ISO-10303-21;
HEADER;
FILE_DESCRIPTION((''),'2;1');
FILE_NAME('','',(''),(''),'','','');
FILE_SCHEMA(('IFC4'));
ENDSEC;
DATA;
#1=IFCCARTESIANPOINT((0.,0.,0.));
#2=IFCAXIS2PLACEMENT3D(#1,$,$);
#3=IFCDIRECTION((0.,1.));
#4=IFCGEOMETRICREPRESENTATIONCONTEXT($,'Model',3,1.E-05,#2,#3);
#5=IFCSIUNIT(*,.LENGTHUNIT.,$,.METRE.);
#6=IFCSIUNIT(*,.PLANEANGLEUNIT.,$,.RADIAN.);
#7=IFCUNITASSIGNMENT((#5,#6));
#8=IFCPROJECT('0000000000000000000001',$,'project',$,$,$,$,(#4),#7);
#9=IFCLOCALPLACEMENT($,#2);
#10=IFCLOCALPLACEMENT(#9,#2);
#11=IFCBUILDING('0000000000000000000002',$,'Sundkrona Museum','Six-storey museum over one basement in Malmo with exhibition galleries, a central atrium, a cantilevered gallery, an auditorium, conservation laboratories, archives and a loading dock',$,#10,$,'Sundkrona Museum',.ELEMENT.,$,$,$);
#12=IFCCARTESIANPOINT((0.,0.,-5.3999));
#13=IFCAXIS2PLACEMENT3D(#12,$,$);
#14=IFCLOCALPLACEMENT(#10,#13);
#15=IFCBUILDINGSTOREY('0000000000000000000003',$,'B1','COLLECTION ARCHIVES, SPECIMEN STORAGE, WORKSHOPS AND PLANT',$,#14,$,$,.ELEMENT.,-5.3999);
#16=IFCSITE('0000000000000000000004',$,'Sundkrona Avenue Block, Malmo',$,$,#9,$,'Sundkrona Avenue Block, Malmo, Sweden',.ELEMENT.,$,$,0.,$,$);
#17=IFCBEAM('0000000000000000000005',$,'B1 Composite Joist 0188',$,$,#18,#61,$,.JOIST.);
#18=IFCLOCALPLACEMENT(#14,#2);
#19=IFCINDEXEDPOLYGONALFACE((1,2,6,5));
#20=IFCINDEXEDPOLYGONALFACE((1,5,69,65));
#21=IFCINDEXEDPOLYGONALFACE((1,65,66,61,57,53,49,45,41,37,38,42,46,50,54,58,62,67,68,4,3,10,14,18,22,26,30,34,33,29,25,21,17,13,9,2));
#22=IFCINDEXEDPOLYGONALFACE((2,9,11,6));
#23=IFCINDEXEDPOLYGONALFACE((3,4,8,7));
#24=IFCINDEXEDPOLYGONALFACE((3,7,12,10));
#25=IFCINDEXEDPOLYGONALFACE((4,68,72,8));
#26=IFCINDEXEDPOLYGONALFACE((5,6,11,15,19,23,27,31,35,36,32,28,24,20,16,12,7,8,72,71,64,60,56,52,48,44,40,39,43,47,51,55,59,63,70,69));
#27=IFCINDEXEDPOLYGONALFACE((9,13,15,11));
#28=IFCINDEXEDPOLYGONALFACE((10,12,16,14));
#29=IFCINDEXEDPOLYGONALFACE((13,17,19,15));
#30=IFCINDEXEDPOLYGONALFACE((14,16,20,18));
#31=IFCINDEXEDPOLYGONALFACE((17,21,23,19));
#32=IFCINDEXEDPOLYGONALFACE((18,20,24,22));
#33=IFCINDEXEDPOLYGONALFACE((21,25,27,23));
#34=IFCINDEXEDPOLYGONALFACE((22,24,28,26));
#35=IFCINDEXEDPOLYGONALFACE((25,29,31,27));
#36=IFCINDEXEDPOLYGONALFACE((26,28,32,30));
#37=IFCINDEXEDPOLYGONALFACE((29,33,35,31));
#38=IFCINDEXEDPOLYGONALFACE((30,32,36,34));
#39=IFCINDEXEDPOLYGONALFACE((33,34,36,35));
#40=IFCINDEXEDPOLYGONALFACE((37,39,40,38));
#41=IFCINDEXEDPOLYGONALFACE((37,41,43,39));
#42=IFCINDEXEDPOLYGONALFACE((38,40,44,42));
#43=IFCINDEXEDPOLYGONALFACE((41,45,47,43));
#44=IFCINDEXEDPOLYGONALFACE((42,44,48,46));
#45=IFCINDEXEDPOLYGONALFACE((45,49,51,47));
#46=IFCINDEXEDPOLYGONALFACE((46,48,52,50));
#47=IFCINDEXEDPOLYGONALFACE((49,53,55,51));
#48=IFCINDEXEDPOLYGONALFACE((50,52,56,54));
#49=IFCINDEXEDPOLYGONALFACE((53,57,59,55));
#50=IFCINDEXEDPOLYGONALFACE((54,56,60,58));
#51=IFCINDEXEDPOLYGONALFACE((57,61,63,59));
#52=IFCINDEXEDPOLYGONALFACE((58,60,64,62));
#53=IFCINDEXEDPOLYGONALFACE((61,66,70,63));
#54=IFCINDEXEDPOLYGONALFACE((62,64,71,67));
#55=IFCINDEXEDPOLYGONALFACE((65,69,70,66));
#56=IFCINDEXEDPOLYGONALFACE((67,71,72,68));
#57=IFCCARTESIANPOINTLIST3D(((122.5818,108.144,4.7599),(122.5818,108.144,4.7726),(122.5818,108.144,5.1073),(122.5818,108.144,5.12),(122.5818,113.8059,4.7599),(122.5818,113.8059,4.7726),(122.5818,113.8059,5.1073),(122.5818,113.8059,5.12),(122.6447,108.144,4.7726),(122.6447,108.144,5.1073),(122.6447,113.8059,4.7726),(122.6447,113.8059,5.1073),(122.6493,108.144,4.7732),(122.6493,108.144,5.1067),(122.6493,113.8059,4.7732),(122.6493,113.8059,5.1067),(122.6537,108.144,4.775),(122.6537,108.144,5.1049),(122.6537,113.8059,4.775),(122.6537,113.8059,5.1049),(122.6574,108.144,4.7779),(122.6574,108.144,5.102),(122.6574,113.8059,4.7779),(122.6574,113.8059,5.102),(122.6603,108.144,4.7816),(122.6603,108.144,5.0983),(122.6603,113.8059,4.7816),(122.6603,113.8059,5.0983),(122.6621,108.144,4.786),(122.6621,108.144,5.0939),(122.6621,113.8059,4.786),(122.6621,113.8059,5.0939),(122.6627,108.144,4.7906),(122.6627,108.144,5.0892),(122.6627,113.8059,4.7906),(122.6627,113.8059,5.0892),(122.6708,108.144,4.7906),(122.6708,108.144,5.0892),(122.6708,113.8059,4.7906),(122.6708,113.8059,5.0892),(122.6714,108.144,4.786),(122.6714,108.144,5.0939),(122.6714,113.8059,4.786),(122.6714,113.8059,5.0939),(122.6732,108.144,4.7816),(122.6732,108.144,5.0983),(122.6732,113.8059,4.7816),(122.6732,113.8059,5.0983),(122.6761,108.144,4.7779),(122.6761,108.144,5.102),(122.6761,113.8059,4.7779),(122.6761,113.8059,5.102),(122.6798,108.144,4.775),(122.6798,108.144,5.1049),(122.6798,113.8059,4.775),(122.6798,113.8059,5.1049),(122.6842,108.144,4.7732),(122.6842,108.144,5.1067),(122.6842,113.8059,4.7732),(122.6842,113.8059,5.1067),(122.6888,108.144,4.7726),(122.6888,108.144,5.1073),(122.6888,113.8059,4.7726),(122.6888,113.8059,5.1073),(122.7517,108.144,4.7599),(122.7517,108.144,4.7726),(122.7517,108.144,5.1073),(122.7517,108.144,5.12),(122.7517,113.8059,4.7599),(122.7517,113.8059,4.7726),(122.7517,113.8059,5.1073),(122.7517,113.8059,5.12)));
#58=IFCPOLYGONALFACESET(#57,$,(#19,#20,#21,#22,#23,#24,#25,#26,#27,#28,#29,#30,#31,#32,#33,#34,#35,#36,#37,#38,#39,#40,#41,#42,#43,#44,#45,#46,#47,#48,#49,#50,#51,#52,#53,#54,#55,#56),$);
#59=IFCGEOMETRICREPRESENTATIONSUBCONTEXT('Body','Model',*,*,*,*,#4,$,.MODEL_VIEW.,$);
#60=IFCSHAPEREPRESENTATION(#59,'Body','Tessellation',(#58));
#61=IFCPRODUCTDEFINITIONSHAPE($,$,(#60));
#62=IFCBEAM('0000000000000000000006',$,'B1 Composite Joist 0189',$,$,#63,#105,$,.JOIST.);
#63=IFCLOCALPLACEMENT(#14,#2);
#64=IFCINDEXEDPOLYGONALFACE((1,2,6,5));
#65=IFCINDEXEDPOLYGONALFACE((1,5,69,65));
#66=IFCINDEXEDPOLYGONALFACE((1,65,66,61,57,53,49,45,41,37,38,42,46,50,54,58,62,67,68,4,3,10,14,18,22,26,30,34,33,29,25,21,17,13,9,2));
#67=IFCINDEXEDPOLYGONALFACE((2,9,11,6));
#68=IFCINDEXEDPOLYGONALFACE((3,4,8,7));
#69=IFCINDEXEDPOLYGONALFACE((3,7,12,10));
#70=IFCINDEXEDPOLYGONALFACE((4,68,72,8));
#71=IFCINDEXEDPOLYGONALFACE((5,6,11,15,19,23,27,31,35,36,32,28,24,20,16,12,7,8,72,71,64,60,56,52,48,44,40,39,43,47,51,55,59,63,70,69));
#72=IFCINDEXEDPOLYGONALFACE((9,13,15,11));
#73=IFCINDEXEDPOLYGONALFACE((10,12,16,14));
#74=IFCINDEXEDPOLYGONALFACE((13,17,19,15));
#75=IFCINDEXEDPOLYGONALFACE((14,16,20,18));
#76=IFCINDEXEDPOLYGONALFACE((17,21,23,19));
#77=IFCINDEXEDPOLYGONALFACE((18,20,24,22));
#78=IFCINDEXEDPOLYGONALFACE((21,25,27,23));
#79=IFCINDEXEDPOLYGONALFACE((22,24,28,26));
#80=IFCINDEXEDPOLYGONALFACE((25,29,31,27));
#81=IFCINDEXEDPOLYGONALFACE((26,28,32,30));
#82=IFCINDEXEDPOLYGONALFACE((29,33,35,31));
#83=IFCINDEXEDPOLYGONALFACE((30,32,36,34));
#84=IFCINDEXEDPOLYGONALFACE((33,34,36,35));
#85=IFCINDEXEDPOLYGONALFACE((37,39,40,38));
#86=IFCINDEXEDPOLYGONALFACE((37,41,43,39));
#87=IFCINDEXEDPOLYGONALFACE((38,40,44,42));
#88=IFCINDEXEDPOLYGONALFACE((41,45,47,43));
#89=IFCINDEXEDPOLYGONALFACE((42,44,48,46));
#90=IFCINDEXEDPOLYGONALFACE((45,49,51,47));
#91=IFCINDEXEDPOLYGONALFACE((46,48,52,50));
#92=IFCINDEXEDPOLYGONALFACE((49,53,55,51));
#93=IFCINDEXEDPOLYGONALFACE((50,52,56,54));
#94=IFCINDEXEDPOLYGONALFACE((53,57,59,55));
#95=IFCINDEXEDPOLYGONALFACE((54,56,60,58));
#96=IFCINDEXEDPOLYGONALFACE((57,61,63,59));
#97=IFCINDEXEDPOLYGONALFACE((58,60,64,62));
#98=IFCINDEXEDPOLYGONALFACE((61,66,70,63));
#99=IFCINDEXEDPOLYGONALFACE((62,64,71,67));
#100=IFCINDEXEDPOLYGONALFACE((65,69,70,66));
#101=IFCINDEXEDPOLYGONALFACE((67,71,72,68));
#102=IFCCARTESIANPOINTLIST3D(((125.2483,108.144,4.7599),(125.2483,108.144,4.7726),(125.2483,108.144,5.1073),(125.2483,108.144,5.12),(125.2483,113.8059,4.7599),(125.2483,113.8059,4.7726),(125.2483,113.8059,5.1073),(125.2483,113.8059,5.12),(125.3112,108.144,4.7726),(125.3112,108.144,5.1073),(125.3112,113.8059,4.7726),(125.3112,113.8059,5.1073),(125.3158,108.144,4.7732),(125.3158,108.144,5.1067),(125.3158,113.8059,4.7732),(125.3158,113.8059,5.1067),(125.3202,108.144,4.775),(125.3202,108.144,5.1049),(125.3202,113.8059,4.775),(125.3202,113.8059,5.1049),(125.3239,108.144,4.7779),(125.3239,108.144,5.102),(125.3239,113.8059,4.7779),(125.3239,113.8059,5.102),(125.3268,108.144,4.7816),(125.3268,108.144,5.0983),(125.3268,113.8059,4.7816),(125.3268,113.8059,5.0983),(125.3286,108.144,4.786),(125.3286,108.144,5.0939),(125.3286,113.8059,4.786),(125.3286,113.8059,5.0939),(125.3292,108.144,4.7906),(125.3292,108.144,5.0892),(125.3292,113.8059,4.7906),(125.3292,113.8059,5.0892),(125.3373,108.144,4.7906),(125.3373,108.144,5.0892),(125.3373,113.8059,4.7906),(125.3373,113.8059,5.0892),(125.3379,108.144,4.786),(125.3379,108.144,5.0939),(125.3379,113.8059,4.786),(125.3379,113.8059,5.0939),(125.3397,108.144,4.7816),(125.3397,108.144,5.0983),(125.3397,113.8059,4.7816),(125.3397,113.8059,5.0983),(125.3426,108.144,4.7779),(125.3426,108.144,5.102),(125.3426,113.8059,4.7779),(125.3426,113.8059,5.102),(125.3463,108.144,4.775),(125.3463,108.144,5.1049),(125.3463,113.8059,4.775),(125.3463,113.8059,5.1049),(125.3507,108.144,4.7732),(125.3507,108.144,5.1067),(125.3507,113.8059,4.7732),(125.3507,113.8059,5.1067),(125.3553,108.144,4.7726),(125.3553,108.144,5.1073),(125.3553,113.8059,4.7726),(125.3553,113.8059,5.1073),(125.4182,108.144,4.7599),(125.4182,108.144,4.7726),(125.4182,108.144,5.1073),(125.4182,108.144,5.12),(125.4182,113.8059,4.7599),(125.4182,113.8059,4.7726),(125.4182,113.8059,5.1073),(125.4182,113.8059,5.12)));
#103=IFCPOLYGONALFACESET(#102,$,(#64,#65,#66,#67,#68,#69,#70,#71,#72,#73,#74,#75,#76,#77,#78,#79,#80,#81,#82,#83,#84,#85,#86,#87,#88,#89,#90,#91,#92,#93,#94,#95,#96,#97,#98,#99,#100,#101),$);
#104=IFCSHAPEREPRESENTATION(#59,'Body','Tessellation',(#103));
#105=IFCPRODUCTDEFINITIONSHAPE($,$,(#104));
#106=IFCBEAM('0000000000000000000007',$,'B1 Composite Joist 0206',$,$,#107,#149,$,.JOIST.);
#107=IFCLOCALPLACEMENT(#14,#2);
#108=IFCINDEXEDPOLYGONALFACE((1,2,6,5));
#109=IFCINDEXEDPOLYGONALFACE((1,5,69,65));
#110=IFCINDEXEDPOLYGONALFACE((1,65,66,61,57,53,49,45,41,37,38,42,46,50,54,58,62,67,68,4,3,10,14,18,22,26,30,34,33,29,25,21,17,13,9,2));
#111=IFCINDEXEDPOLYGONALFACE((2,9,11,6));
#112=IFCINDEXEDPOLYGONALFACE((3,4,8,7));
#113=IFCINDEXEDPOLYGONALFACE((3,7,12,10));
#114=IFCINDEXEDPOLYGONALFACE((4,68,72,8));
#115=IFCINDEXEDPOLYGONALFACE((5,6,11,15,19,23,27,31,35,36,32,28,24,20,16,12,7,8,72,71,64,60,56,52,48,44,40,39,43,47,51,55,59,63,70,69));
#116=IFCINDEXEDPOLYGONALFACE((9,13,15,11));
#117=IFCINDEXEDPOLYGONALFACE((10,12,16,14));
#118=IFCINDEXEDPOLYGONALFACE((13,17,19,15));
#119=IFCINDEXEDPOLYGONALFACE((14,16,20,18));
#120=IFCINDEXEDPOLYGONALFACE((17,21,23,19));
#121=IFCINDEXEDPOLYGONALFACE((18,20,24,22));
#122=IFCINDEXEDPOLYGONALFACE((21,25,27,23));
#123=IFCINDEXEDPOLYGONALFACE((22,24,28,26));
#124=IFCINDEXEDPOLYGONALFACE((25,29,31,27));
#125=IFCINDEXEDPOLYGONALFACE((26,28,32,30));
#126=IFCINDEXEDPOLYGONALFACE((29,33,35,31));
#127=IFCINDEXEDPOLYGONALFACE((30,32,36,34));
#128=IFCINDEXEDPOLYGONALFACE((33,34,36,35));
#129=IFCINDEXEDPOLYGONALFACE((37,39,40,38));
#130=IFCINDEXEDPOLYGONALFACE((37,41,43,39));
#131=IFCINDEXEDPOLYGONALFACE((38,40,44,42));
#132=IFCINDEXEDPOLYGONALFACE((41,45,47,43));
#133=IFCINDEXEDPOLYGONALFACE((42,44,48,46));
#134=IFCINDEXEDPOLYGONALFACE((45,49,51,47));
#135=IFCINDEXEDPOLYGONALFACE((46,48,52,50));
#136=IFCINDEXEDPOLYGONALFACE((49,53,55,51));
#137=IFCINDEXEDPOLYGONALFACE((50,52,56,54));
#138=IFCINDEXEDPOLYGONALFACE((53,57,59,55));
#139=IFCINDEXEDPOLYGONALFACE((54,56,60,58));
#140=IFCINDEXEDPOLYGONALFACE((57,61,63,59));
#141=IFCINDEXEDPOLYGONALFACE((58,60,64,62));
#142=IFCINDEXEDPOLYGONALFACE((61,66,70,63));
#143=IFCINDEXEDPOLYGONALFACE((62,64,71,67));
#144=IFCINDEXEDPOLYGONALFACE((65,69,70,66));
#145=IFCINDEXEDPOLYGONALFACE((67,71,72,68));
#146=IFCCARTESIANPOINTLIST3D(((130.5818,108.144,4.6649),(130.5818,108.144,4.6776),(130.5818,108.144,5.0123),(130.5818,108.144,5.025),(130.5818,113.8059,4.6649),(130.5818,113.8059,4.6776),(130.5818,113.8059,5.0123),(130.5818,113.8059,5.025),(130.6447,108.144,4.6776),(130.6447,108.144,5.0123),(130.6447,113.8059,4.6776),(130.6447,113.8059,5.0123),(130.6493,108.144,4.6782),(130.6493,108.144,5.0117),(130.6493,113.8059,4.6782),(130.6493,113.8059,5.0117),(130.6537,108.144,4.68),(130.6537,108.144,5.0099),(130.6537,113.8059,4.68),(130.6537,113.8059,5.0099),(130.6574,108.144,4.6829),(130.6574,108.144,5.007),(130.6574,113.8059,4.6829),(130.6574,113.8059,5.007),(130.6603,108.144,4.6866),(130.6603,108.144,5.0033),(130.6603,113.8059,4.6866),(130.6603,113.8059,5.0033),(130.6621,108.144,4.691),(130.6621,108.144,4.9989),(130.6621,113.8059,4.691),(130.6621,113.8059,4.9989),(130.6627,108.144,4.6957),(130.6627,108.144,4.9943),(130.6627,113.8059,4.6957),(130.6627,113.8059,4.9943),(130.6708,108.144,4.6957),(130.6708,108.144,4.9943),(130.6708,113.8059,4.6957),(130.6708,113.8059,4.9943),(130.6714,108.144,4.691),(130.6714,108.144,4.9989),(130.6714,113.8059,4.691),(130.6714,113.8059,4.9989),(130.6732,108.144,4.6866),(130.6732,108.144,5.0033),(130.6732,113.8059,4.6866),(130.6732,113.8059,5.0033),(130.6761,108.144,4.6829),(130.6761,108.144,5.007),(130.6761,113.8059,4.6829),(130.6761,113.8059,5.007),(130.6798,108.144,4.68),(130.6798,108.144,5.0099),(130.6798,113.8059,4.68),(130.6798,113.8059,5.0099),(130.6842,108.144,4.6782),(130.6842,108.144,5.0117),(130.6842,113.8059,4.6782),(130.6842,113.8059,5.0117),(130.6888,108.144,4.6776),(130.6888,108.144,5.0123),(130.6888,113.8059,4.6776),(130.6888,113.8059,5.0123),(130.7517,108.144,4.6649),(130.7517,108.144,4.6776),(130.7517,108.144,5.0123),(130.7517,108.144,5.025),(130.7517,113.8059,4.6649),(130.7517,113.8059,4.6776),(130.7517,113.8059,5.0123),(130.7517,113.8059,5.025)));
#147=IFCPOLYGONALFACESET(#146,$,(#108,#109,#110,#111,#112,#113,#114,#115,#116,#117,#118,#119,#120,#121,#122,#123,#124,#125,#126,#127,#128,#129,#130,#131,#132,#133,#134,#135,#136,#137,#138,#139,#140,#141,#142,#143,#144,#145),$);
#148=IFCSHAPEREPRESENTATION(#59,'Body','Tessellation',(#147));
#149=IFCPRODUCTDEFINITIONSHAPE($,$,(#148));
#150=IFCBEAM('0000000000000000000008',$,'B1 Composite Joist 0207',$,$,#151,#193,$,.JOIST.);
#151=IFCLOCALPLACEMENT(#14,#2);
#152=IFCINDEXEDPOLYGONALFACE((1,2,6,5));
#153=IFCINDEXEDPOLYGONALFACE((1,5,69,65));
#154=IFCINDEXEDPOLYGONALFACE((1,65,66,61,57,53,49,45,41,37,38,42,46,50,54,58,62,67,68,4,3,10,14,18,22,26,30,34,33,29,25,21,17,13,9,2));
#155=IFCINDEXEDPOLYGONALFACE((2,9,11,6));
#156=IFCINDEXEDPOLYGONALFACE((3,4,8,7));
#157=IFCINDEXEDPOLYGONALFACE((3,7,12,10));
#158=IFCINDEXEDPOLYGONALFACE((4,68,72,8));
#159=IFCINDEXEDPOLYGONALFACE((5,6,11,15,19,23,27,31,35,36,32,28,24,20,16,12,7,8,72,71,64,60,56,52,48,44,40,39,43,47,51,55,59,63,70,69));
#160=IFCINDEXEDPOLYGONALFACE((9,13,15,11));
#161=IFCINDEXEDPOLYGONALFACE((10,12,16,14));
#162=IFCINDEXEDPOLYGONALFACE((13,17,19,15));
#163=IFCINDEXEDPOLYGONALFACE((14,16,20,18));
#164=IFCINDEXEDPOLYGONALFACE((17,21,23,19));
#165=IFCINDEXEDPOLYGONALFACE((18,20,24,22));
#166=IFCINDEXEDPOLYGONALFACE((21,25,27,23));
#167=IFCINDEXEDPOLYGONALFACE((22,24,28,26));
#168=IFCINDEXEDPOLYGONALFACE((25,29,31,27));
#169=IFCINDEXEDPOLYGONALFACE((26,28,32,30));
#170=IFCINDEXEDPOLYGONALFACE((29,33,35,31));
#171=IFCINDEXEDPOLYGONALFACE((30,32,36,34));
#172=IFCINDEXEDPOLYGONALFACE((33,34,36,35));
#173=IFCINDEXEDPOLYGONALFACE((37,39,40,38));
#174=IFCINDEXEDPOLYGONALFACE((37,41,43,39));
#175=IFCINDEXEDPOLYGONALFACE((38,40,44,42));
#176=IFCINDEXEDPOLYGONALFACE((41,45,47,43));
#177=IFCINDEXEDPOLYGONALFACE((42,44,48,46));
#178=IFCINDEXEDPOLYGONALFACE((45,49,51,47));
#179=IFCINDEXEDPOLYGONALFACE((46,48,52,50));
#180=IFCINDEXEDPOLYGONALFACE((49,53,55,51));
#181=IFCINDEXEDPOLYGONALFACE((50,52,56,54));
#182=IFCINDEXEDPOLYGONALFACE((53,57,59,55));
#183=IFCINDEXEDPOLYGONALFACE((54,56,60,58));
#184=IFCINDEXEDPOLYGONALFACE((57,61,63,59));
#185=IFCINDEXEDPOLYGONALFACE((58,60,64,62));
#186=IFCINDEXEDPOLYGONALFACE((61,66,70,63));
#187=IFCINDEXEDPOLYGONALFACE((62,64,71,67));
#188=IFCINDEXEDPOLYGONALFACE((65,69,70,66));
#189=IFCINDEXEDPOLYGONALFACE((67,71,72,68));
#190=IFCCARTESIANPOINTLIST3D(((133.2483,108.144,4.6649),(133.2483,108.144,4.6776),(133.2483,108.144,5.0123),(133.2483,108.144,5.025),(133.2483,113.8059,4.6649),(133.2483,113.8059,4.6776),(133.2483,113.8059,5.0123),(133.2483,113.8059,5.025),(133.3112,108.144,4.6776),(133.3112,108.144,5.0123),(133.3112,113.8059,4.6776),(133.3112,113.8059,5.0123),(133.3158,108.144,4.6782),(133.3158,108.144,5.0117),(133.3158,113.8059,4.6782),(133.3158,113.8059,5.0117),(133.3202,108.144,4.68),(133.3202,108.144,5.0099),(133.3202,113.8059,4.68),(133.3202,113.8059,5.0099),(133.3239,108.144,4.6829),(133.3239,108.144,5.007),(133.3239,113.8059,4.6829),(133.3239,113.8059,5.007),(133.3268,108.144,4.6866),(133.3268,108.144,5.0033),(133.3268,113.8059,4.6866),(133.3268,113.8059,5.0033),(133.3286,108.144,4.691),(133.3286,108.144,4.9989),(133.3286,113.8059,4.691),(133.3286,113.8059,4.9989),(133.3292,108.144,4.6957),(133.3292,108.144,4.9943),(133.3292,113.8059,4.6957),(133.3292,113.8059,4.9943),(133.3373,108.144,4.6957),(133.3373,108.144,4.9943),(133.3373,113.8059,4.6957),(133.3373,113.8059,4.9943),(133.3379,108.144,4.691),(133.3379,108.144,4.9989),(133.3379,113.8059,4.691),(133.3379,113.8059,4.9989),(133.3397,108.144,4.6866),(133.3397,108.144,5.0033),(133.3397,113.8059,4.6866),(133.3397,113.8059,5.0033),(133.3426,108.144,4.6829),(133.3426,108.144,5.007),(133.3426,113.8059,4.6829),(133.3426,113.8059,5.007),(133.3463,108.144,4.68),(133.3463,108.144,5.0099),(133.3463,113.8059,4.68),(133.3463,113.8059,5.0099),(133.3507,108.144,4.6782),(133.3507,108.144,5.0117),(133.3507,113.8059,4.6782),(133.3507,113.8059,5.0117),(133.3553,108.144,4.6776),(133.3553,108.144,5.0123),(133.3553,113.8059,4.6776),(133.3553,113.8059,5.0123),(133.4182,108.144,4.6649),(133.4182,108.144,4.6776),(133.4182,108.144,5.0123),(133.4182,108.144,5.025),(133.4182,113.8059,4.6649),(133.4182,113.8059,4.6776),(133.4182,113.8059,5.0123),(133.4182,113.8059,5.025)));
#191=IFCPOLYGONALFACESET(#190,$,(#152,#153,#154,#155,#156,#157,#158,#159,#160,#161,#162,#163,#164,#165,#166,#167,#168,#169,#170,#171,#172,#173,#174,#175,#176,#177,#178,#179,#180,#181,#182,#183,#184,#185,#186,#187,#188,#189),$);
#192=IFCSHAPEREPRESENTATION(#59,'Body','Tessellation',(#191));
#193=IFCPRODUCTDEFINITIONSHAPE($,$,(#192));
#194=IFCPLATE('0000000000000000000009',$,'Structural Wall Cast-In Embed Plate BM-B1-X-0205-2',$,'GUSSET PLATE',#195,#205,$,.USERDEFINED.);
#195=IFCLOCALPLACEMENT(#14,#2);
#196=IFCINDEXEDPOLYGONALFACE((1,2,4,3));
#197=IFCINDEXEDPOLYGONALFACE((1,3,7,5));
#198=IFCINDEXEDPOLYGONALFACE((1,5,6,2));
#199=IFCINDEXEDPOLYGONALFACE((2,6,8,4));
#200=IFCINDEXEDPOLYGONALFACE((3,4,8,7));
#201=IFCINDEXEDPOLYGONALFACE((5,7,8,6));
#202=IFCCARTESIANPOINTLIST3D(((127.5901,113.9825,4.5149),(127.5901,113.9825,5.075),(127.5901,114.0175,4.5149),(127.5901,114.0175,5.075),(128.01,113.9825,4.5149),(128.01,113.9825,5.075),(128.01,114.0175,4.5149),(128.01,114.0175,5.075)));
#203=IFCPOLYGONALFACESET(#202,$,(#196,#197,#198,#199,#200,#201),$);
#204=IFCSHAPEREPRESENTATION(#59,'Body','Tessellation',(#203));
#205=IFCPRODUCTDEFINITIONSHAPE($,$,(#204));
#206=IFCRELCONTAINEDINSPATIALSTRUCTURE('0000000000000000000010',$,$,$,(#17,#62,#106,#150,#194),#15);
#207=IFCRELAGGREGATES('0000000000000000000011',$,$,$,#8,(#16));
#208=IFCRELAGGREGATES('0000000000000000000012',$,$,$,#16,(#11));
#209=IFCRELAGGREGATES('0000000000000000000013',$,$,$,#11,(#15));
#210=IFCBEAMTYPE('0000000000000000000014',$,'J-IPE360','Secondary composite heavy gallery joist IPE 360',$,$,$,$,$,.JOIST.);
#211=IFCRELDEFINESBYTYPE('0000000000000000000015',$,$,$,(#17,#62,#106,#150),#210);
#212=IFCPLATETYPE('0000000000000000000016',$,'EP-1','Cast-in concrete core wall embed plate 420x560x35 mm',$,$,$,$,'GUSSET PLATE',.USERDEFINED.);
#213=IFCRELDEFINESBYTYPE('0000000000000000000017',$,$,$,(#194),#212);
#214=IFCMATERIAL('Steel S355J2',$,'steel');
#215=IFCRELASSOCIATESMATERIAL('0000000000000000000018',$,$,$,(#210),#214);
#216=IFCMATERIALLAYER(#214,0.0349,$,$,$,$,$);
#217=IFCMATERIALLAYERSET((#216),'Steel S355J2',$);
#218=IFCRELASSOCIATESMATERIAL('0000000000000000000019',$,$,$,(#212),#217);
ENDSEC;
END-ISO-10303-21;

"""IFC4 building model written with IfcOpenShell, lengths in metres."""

from ifc_helpers import new_model, si_unit, direction, frame, origin, origin_2d, place, context, subcontext, project, spatial, rectangle, i_section, extrude, material, layer, layer_set, material_profile, profile_set, type_object, element, save


model = new_model("IFC4")

# Units and contexts
model_context = context("Model", 3, precision=1e-05, world=origin(), true_north=direction((0.0, 1.0)))
body_context = subcontext(model_context, "Body", "Model", "MODEL_VIEW")
ifc_project = project(units=[si_unit("LENGTHUNIT", "METRE"), si_unit("PLANEANGLEUNIT", "RADIAN")], contexts=[model_context])

# Site, building, storey
site_placement = place(None, origin())
site = spatial("IfcSite", under=ifc_project, at=site_placement, Name="Sundkrona Avenue Block, Malmo", LongName="Sundkrona Avenue Block, Malmo, Sweden", CompositionType="ELEMENT", RefElevation=0.0)
building_placement = place(site_placement, origin())
building = spatial("IfcBuilding", under=site, at=building_placement, Name="Sundkrona Museum", Description="Six-storey museum over one basement in Malmo with exhibition galleries, a central atrium, a cantilevered gallery, an auditorium, conservation laboratories, archives and a loading dock", LongName="Sundkrona Museum", CompositionType="ELEMENT")
storey_placement = place(building_placement, frame((0.0, 0.0, -5.3999)))
storey = spatial("IfcBuildingStorey", under=building, at=storey_placement, Name="B1", Description="COLLECTION ARCHIVES, SPECIMEN STORAGE, WORKSHOPS AND PLANT", CompositionType="ELEMENT", Elevation=-5.3999)

# Beams
ifc_material_1 = material(Name="Steel S355J2", Category="steel")
ifc_material_profile_1 = material_profile(ifc_material_1, i_section(OverallWidth=0.1699, OverallDepth=0.3601, WebThickness=0.0081, FlangeThickness=0.0127, FilletRadius=0.0181, at=origin_2d()), Name="IPE 360")
ifc_profile_set_1 = profile_set([ifc_material_profile_1], Name="Steel S355J2")
beam_type_1 = type_object("IfcBeamType", Name="J-IPE360", Description="Secondary composite heavy gallery joist IPE 360", PredefinedType="JOIST", material=ifc_profile_set_1)
for number, where, z_axis, x_axis, name in (
    (1, (122.6667, 108.144, 4.9399), (0.0, 1.0, 0.0), (-1.0, 0.0, 0.0), "B1 Composite Joist 0188"),
    (2, (125.3333, 108.144, 4.9399), (0.0, 1.0, 0.0), (-1.0, 0.0, 0.0), "B1 Composite Joist 0189"),
    (3, (130.6667, 108.144, 4.845), (0.0, 1.0, 0.0), (-1.0, 0.0, 0.0), "B1 Composite Joist 0206"),
    (4, (133.3333, 108.144, 4.845), (0.0, 1.0, 0.0), (-1.0, 0.0, 0.0), "B1 Composite Joist 0207"),
):
    element("IfcBeam", number, at=place(storey_placement, frame(where, z_axis=z_axis, x_axis=x_axis)), inside=storey, type_object=beam_type_1, Name=name, PredefinedType="JOIST", context=body_context, shape_type="SweptSolid", body=[
        extrude(i_section(OverallWidth=0.1699, OverallDepth=0.3601, WebThickness=0.0081, FlangeThickness=0.0127, FilletRadius=0.0181, at=origin_2d()), origin(), (0.0, 0.0, 1.0), 5.6619),
    ])

# Plate
ifc_layer = layer(ifc_material_1, 0.0349)
ifc_layer_set = layer_set([ifc_layer], Name="Steel S355J2")
plate_type = type_object("IfcPlateType", Name="EP-1", Description="Cast-in concrete core wall embed plate 420x560x35 mm", ElementType="GUSSET PLATE", PredefinedType="USERDEFINED", material=ifc_layer_set)
for number, where, z_axis, x_axis, name in (
    (5, (127.8, 114.0, 4.5149), (0.0, 0.0, 1.0), (1.0, 0.0, 0.0), "Structural Wall Cast-In Embed Plate BM-B1-X-0205-2"),
):
    element("IfcPlate", number, at=place(storey_placement, frame(where, z_axis=z_axis, x_axis=x_axis)), inside=storey, type_object=plate_type, Name=name, ObjectType="GUSSET PLATE", PredefinedType="USERDEFINED", context=body_context, shape_type="SweptSolid", body=[
        extrude(rectangle(XDim=0.4199, YDim=0.0349, at=origin_2d()), origin(), (0.0, 0.0, 1.0), 0.5601),
    ])

save(model, "model.ifc")
